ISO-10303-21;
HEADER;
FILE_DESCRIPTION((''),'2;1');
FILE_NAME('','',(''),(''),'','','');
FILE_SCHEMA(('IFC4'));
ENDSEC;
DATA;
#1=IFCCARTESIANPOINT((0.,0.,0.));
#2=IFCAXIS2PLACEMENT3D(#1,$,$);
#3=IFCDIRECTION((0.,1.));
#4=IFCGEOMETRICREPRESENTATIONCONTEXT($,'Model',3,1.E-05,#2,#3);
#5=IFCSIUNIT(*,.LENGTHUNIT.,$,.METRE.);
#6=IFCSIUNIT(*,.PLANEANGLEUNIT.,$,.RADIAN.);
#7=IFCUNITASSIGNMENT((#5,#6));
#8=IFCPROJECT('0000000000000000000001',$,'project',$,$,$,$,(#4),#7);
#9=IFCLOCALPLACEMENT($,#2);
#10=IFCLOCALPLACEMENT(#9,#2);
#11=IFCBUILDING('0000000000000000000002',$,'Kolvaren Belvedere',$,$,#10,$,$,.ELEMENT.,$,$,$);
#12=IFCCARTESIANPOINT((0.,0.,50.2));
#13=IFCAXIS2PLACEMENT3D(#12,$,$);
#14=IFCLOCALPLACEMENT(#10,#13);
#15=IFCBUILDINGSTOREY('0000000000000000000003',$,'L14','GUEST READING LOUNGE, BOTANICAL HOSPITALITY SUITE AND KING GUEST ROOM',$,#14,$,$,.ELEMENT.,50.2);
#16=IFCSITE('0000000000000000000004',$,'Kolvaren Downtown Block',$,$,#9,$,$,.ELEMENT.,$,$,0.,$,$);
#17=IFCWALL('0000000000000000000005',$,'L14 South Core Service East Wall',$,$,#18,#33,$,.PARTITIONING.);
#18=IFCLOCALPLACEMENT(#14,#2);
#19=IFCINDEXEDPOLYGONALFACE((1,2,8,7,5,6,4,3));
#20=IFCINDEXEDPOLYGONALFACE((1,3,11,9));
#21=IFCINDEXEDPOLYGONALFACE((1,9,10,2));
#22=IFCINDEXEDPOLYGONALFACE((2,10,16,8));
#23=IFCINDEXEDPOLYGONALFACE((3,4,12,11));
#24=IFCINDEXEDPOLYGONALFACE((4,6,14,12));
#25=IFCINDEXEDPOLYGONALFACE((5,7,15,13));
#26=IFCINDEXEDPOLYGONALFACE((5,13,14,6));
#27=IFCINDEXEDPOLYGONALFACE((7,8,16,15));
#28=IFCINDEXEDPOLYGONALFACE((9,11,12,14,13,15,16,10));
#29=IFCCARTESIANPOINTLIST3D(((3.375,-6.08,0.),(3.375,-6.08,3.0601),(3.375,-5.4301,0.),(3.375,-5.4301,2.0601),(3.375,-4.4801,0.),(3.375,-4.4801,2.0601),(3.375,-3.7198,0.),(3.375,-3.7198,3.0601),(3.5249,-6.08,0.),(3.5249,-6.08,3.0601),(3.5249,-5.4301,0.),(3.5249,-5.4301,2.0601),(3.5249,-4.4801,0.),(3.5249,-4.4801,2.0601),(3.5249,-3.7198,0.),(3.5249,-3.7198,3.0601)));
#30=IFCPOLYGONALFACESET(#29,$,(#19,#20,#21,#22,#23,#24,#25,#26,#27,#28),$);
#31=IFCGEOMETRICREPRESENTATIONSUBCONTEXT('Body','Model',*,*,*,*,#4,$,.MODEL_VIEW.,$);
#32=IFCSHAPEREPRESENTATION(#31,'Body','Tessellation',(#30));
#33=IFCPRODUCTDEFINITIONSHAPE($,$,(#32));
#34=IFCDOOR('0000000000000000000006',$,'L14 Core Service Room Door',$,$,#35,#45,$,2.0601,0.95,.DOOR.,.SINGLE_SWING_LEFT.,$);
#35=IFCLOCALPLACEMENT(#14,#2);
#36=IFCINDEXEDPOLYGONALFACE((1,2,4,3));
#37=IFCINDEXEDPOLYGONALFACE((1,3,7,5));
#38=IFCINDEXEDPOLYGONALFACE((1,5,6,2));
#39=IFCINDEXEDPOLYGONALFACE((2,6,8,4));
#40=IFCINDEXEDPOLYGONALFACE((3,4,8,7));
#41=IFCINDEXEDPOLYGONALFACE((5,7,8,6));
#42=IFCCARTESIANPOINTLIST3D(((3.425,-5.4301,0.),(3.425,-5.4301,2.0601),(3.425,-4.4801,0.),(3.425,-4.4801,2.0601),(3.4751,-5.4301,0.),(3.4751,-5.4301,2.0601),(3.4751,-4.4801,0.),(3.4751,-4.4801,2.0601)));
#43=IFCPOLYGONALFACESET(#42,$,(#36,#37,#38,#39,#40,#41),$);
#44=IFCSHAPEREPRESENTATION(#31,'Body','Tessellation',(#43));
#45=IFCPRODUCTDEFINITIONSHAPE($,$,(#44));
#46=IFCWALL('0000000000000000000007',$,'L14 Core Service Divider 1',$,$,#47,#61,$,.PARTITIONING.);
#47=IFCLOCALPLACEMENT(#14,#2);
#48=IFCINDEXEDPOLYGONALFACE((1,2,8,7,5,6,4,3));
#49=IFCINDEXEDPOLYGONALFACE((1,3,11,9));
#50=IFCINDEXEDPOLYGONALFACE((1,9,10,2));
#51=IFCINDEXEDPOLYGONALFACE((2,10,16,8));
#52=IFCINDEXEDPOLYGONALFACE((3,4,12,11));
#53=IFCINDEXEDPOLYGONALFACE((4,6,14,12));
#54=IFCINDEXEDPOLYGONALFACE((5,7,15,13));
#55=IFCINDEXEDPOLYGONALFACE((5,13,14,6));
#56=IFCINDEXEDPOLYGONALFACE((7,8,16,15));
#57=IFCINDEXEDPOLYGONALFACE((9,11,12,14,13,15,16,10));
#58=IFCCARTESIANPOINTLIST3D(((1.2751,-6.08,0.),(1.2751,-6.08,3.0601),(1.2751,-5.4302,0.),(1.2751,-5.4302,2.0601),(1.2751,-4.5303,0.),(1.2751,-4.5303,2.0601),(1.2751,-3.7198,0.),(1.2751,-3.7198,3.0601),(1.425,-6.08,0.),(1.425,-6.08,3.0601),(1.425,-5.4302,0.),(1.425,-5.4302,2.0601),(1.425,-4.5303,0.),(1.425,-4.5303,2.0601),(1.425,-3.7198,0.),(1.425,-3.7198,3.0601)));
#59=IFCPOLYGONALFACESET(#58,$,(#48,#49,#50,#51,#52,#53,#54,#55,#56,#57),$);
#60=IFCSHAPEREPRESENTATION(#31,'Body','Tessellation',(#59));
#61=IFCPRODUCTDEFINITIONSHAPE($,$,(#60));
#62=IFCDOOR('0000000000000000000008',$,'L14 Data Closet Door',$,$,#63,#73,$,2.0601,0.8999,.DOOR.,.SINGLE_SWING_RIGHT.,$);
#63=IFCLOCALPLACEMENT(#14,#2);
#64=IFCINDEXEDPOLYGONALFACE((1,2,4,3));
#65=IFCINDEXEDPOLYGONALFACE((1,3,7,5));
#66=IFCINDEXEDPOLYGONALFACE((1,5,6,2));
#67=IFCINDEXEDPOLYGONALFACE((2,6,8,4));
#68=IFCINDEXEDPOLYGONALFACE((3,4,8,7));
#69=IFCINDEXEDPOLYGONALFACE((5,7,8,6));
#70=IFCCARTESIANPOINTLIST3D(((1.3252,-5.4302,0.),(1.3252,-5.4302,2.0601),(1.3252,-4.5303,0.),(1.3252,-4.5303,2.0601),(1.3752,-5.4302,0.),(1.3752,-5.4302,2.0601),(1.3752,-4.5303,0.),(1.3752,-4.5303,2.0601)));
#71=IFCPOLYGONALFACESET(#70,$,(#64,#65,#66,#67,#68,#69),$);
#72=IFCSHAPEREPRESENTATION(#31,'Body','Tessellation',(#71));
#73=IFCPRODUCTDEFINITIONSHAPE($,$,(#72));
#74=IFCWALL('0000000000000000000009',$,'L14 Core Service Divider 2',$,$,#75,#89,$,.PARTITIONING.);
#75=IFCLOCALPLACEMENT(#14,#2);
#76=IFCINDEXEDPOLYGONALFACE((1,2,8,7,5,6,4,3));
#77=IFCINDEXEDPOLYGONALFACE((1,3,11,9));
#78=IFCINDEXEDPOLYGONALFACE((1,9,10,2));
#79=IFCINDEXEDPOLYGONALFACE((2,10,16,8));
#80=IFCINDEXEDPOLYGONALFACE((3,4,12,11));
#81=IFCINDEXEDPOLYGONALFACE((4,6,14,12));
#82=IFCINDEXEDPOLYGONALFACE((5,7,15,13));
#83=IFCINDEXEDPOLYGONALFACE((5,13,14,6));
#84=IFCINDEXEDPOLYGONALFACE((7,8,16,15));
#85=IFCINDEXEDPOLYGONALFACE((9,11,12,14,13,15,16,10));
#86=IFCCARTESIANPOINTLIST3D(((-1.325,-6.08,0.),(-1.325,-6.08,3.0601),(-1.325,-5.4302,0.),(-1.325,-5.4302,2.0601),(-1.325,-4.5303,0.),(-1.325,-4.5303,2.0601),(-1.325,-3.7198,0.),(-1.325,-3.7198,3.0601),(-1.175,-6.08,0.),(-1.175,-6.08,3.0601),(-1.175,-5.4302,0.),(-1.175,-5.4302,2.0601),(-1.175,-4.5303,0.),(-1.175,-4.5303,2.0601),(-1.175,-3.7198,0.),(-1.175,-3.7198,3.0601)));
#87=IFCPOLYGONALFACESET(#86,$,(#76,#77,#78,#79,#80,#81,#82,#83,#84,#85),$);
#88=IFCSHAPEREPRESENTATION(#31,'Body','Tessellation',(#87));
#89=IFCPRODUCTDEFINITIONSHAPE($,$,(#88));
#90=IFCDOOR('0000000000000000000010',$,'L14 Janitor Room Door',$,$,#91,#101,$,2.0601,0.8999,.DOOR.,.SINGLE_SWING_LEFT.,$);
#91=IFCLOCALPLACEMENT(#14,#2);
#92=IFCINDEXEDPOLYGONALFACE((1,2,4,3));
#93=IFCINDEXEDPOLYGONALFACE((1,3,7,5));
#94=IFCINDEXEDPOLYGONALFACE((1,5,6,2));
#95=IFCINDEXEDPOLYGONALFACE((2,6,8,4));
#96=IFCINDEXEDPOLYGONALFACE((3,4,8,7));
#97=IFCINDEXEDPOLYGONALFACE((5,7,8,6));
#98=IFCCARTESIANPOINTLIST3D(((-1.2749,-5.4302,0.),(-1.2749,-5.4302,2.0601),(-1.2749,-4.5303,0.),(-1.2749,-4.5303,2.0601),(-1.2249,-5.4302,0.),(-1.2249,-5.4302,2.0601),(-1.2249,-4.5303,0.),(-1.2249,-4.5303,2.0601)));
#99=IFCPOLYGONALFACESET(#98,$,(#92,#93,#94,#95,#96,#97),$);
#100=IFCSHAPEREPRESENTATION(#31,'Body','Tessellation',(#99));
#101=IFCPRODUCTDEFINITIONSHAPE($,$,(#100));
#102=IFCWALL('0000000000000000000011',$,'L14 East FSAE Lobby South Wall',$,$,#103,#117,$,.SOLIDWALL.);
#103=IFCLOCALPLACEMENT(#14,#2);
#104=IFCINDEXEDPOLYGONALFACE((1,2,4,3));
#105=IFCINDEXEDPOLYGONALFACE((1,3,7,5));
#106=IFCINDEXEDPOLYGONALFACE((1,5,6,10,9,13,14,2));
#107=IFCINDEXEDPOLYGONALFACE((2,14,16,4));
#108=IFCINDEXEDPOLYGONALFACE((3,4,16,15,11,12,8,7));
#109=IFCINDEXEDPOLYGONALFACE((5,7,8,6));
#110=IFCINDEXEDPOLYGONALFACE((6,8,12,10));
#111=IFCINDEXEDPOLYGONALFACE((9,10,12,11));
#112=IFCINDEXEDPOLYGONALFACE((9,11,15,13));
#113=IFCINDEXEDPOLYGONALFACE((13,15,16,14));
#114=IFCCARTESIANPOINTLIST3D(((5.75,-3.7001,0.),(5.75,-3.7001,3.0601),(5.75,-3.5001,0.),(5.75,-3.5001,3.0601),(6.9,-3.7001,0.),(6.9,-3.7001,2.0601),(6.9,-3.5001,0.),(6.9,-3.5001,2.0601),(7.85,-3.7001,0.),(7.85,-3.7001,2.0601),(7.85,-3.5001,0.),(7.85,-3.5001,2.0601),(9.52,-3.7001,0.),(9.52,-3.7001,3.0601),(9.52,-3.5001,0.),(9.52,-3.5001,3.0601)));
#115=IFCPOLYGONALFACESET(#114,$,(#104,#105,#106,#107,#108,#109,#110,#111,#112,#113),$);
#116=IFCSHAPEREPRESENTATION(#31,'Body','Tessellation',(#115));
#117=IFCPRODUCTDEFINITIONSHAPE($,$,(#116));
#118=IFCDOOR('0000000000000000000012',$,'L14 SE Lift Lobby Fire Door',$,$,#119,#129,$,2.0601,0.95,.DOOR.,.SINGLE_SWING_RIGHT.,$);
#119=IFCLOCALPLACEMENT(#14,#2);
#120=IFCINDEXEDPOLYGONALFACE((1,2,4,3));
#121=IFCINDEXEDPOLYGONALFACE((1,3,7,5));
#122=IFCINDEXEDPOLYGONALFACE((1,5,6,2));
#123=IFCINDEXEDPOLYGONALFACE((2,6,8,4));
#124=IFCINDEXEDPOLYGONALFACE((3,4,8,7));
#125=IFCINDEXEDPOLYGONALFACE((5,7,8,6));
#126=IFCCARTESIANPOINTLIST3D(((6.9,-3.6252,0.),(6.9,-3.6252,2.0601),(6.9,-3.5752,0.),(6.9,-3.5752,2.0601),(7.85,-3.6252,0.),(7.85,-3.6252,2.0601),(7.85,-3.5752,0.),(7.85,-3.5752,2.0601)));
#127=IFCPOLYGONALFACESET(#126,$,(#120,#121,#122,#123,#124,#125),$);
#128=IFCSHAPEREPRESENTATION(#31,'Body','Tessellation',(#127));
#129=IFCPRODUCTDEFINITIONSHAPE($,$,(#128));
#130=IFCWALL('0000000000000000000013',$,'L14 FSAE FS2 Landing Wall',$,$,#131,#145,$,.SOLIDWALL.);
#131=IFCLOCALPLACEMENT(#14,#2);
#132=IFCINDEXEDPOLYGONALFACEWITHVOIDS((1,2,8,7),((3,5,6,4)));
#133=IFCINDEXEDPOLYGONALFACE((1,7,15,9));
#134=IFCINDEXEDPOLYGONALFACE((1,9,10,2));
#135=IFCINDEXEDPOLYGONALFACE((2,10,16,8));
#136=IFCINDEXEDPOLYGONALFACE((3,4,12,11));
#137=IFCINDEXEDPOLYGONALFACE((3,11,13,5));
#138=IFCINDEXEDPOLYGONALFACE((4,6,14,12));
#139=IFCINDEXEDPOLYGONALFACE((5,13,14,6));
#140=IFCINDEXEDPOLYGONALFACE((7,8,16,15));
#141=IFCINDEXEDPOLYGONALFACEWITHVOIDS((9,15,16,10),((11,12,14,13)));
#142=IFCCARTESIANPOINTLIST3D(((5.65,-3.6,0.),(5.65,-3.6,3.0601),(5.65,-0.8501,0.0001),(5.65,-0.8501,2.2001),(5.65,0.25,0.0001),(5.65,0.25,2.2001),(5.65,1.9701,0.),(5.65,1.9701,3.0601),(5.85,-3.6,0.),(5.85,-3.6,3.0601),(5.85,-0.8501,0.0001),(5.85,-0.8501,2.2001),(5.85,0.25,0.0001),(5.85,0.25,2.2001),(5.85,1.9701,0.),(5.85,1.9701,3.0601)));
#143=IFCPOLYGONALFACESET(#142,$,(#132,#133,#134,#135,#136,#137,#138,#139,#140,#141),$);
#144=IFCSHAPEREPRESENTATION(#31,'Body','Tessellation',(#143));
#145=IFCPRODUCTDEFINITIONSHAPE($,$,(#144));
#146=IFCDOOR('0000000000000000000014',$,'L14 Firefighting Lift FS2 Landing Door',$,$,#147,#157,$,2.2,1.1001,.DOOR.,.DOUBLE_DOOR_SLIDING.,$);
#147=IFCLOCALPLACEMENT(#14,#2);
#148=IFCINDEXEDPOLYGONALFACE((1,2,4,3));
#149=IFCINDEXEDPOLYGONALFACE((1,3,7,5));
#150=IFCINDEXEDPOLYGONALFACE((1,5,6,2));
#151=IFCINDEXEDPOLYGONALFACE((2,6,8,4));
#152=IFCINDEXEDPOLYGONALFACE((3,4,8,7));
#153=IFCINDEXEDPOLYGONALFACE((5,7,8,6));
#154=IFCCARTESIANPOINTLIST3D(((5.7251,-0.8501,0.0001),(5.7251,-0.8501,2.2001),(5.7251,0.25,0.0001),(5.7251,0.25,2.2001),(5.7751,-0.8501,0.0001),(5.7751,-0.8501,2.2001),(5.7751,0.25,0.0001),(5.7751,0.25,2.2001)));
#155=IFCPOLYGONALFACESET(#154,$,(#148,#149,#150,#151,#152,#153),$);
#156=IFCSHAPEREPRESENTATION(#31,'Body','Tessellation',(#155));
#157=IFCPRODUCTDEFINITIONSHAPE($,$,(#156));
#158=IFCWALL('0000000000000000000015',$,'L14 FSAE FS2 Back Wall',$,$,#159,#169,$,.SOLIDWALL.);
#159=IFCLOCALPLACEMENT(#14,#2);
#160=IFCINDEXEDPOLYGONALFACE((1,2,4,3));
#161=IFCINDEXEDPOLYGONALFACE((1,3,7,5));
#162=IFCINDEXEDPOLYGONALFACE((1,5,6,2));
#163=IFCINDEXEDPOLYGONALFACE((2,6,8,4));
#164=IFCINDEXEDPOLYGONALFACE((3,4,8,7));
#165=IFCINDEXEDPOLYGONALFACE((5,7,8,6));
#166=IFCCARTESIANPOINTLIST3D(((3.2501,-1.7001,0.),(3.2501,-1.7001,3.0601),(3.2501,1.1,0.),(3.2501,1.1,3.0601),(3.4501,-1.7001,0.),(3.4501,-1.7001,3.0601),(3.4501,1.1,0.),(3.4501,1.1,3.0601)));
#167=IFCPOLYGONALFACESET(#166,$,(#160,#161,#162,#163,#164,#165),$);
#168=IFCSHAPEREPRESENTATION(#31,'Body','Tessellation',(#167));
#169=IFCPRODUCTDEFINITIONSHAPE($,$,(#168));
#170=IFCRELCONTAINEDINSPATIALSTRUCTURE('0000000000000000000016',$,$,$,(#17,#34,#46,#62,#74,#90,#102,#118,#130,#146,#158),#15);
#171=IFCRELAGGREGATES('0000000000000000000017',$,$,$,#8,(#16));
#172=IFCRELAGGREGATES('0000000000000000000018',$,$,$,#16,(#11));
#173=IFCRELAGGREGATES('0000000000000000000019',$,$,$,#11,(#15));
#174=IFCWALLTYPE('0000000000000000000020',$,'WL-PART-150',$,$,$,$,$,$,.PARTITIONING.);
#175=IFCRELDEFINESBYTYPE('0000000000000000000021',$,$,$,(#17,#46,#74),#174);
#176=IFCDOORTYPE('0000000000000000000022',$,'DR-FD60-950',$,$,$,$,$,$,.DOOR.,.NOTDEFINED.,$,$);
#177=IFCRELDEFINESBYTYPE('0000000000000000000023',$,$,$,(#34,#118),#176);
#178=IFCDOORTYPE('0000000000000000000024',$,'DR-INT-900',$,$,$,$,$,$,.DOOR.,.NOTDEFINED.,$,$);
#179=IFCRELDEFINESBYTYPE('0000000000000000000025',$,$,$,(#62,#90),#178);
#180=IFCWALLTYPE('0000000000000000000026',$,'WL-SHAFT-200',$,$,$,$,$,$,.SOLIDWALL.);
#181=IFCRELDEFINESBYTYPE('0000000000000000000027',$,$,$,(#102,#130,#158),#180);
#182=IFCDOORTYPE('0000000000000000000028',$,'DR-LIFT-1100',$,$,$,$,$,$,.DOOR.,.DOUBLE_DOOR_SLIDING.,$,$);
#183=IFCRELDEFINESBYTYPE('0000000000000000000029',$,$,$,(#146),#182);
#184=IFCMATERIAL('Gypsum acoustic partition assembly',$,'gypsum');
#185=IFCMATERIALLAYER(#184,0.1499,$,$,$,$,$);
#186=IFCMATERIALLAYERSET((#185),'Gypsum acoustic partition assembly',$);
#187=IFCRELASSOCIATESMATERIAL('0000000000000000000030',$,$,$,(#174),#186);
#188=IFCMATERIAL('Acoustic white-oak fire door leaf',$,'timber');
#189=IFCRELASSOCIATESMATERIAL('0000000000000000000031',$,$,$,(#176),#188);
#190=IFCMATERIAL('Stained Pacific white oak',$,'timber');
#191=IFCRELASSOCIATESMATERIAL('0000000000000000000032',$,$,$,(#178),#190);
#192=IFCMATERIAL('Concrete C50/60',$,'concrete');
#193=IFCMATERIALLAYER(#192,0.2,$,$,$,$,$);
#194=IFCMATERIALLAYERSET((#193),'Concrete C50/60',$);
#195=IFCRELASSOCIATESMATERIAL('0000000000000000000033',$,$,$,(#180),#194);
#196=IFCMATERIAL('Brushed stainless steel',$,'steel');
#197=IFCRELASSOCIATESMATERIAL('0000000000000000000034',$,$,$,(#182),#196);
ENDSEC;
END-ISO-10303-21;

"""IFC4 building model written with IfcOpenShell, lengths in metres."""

from ifc_helpers import new_model, si_unit, direction, frame, frame_2d, origin, place, context, subcontext, project, spatial, rectangle, extrude, material, layer, layer_set, type_object, element, fill, save


model = new_model("IFC4")

# Units and contexts
model_context = context("Model", 3, precision=1e-05, world=origin(), true_north=direction((0.0, 1.0)))
body_context = subcontext(model_context, "Body", "Model", "MODEL_VIEW")
ifc_project = project(units=[si_unit("LENGTHUNIT", "METRE"), si_unit("PLANEANGLEUNIT", "RADIAN")], contexts=[model_context])

# Site, building, storey
site_placement = place(None, origin())
site = spatial("IfcSite", under=ifc_project, at=site_placement, Name="Kolvaren Downtown Block", CompositionType="ELEMENT", RefElevation=0.0)
building_placement = place(site_placement, origin())
building = spatial("IfcBuilding", under=site, at=building_placement, Name="Kolvaren Belvedere", CompositionType="ELEMENT")
storey_placement = place(building_placement, frame((0.0, 0.0, 50.2)))
storey = spatial("IfcBuildingStorey", under=building, at=storey_placement, Name="L14", Description="GUEST READING LOUNGE, BOTANICAL HOSPITALITY SUITE AND KING GUEST ROOM", CompositionType="ELEMENT", Elevation=50.2)

# Walls, openings, doors
ifc_material_1 = material(Name="Gypsum acoustic partition assembly", Category="gypsum")
ifc_layer_1 = layer(ifc_material_1, 0.1499)
ifc_layer_set_1 = layer_set([ifc_layer_1], Name="Gypsum acoustic partition assembly")
wall_type_1 = type_object("IfcWallType", Name="WL-PART-150", PredefinedType="PARTITIONING", material=ifc_layer_set_1)
wall_1_placement = place(storey_placement, frame((3.45, -6.0801, 0.0), z_axis=(0.0, 0.0, 1.0), x_axis=(0.0, 1.0, 0.0)))
wall_1 = element("IfcWall", 1, at=wall_1_placement, inside=storey, type_object=wall_type_1, Name="L14 South Core Service East Wall", PredefinedType="PARTITIONING", context=body_context, shape_type="SweptSolid", body=[
    extrude(rectangle(XDim=2.3601, YDim=0.1499, at=frame_2d((1.1802, 0.0))), origin(), (0.0, 0.0, 1.0), 3.0601),
])
opening_1_placement = place(wall_1_placement, frame((0.6499, 0.0, 0.0)))
opening_1 = element("IfcOpeningElement", 2, at=opening_1_placement, cuts=wall_1, PredefinedType="OPENING", context=body_context, shape_type="SweptSolid", body=[
    extrude(rectangle(XDim=0.95, YDim=2.0601, at=frame_2d((0.4751, 1.03))), frame((0.0, 0.085, 0.0), z_axis=(0.0, -1.0, 0.0), x_axis=(1.0, 0.0, 0.0)), (0.0, 0.0, 1.0), 0.1699),
])
ifc_material_2 = material(Name="Acoustic white-oak fire door leaf", Category="timber")
door_type_1 = type_object("IfcDoorType", Name="DR-FD60-950", OperationType="NOTDEFINED", PredefinedType="DOOR", material=ifc_material_2)
door_1_placement = place(opening_1_placement, origin())
door_1 = element("IfcDoor", 3, at=door_1_placement, inside=storey, type_object=door_type_1, Name="L14 Core Service Room Door", OperationType="SINGLE_SWING_LEFT", OverallHeight=2.0601, OverallWidth=0.95, PredefinedType="DOOR", context=body_context, shape_type="SweptSolid", body=[
    extrude(rectangle(XDim=0.95, YDim=2.0601, at=frame_2d((0.4751, 1.03))), frame((0.0, 0.0249, 0.0), z_axis=(0.0, -1.0, 0.0), x_axis=(1.0, 0.0, 0.0)), (0.0, 0.0, 1.0), 0.05),
])
fill(opening_1, door_1)
wall_2_placement = place(storey_placement, frame((1.3501, -6.0801, 0.0), z_axis=(0.0, 0.0, 1.0), x_axis=(0.0, 1.0, 0.0)))
wall_2 = element("IfcWall", 4, at=wall_2_placement, inside=storey, type_object=wall_type_1, Name="L14 Core Service Divider 1", PredefinedType="PARTITIONING", context=body_context, shape_type="SweptSolid", body=[
    extrude(rectangle(XDim=2.3601, YDim=0.1499, at=frame_2d((1.1802, 0.0))), origin(), (0.0, 0.0, 1.0), 3.0601),
])
opening_2_placement = place(wall_2_placement, frame((0.6499, 0.0, 0.0)))
opening_2 = element("IfcOpeningElement", 5, at=opening_2_placement, cuts=wall_2, PredefinedType="OPENING", context=body_context, shape_type="SweptSolid", body=[
    extrude(rectangle(XDim=0.8999, YDim=2.0601, at=frame_2d((0.45, 1.03))), frame((0.0, 0.085, 0.0), z_axis=(0.0, -1.0, 0.0), x_axis=(1.0, 0.0, 0.0)), (0.0, 0.0, 1.0), 0.1699),
])
ifc_material_3 = material(Name="Stained Pacific white oak", Category="timber")
door_type_2 = type_object("IfcDoorType", Name="DR-INT-900", OperationType="NOTDEFINED", PredefinedType="DOOR", material=ifc_material_3)
door_2_placement = place(opening_2_placement, origin())
door_2 = element("IfcDoor", 6, at=door_2_placement, inside=storey, type_object=door_type_2, Name="L14 Data Closet Door", OperationType="SINGLE_SWING_RIGHT", OverallHeight=2.0601, OverallWidth=0.8999, PredefinedType="DOOR", context=body_context, shape_type="SweptSolid", body=[
    extrude(rectangle(XDim=0.8999, YDim=2.0601, at=frame_2d((0.45, 1.03))), frame((0.0, 0.0249, 0.0), z_axis=(0.0, -1.0, 0.0), x_axis=(1.0, 0.0, 0.0)), (0.0, 0.0, 1.0), 0.05),
])
fill(opening_2, door_2)
wall_3_placement = place(storey_placement, frame((-1.25, -6.0801, 0.0), z_axis=(0.0, 0.0, 1.0), x_axis=(0.0, 1.0, 0.0)))
wall_3 = element("IfcWall", 7, at=wall_3_placement, inside=storey, type_object=wall_type_1, Name="L14 Core Service Divider 2", PredefinedType="PARTITIONING", context=body_context, shape_type="SweptSolid", body=[
    extrude(rectangle(XDim=2.3601, YDim=0.1499, at=frame_2d((1.1802, 0.0))), origin(), (0.0, 0.0, 1.0), 3.0601),
])
opening_3_placement = place(wall_3_placement, frame((0.6499, 0.0, 0.0)))
opening_3 = element("IfcOpeningElement", 8, at=opening_3_placement, cuts=wall_3, PredefinedType="OPENING", context=body_context, shape_type="SweptSolid", body=[
    extrude(rectangle(XDim=0.8999, YDim=2.0601, at=frame_2d((0.45, 1.03))), frame((0.0, 0.085, 0.0), z_axis=(0.0, -1.0, 0.0), x_axis=(1.0, 0.0, 0.0)), (0.0, 0.0, 1.0), 0.1699),
])
door_3_placement = place(opening_3_placement, origin())
door_3 = element("IfcDoor", 9, at=door_3_placement, inside=storey, type_object=door_type_2, Name="L14 Janitor Room Door", OperationType="SINGLE_SWING_LEFT", OverallHeight=2.0601, OverallWidth=0.8999, PredefinedType="DOOR", context=body_context, shape_type="SweptSolid", body=[
    extrude(rectangle(XDim=0.8999, YDim=2.0601, at=frame_2d((0.45, 1.03))), frame((0.0, 0.0249, 0.0), z_axis=(0.0, -1.0, 0.0), x_axis=(1.0, 0.0, 0.0)), (0.0, 0.0, 1.0), 0.05),
])
fill(opening_3, door_3)
ifc_material_4 = material(Name="Concrete C50/60", Category="concrete")
ifc_layer_2 = layer(ifc_material_4, 0.2)
ifc_layer_set_2 = layer_set([ifc_layer_2], Name="Concrete C50/60")
wall_type_2 = type_object("IfcWallType", Name="WL-SHAFT-200", PredefinedType="SOLIDWALL", material=ifc_layer_set_2)
wall_4_placement = place(storey_placement, frame((5.75, -3.6001, 0.0), z_axis=(0.0, 0.0, 1.0), x_axis=(1.0, 0.0, 0.0)))
wall_4 = element("IfcWall", 10, at=wall_4_placement, inside=storey, type_object=wall_type_2, Name="L14 East FSAE Lobby South Wall", PredefinedType="SOLIDWALL", context=body_context, shape_type="SweptSolid", body=[
    extrude(rectangle(XDim=3.77, YDim=0.2, at=frame_2d((1.885, 0.0))), origin(), (0.0, 0.0, 1.0), 3.0601),
])
opening_4_placement = place(wall_4_placement, frame((1.1499, 0.0, 0.0)))
opening_4 = element("IfcOpeningElement", 11, at=opening_4_placement, cuts=wall_4, PredefinedType="OPENING", context=body_context, shape_type="SweptSolid", body=[
    extrude(rectangle(XDim=0.95, YDim=2.0601, at=frame_2d((0.4751, 1.03))), frame((0.0, 0.1099, 0.0), z_axis=(0.0, -1.0, 0.0), x_axis=(1.0, 0.0, 0.0)), (0.0, 0.0, 1.0), 0.22),
])
door_4_placement = place(opening_4_placement, origin())
door_4 = element("IfcDoor", 12, at=door_4_placement, inside=storey, type_object=door_type_1, Name="L14 SE Lift Lobby Fire Door", OperationType="SINGLE_SWING_RIGHT", OverallHeight=2.0601, OverallWidth=0.95, PredefinedType="DOOR", context=body_context, shape_type="SweptSolid", body=[
    extrude(rectangle(XDim=0.95, YDim=2.0601, at=frame_2d((0.4751, 1.03))), frame((0.0, 0.0249, 0.0), z_axis=(0.0, -1.0, 0.0), x_axis=(1.0, 0.0, 0.0)), (0.0, 0.0, 1.0), 0.05),
])
fill(opening_4, door_4)
wall_5_placement = place(storey_placement, frame((5.75, -3.6001, 0.0), z_axis=(0.0, 0.0, 1.0), x_axis=(0.0, 1.0, 0.0)))
wall_5 = element("IfcWall", 13, at=wall_5_placement, inside=storey, type_object=wall_type_2, Name="L14 FSAE FS2 Landing Wall", PredefinedType="SOLIDWALL", context=body_context, shape_type="SweptSolid", body=[
    extrude(rectangle(XDim=5.5701, YDim=0.2, at=frame_2d((2.7852, 0.0))), origin(), (0.0, 0.0, 1.0), 3.0601),
])
opening_5_placement = place(wall_5_placement, frame((2.75, 0.0, 0.0)))
opening_5 = element("IfcOpeningElement", 14, at=opening_5_placement, cuts=wall_5, PredefinedType="OPENING", context=body_context, shape_type="SweptSolid", body=[
    extrude(rectangle(XDim=1.1001, YDim=2.2, at=frame_2d((0.55, 1.1001))), frame((0.0, 0.1099, 0.0), z_axis=(0.0, -1.0, 0.0), x_axis=(1.0, 0.0, 0.0)), (0.0, 0.0, 1.0), 0.22),
])
ifc_material_5 = material(Name="Brushed stainless steel", Category="steel")
door_type_3 = type_object("IfcDoorType", Name="DR-LIFT-1100", OperationType="DOUBLE_DOOR_SLIDING", PredefinedType="DOOR", material=ifc_material_5)
door_5_placement = place(opening_5_placement, origin())
door_5 = element("IfcDoor", 15, at=door_5_placement, inside=storey, type_object=door_type_3, Name="L14 Firefighting Lift FS2 Landing Door", OperationType="DOUBLE_DOOR_SLIDING", OverallHeight=2.2, OverallWidth=1.1001, PredefinedType="DOOR", context=body_context, shape_type="SweptSolid", body=[
    extrude(rectangle(XDim=1.1001, YDim=2.2, at=frame_2d((0.55, 1.1001))), frame((0.0, 0.0249, 0.0), z_axis=(0.0, -1.0, 0.0), x_axis=(1.0, 0.0, 0.0)), (0.0, 0.0, 1.0), 0.05),
])
fill(opening_5, door_5)

# Wall
wall_6_placement = place(storey_placement, frame((3.3501, -1.7, 0.0), z_axis=(0.0, 0.0, 1.0), x_axis=(0.0, 1.0, 0.0)))
element("IfcWall", 16, at=wall_6_placement, inside=storey, type_object=wall_type_2, Name="L14 FSAE FS2 Back Wall", PredefinedType="SOLIDWALL", context=body_context, shape_type="SweptSolid", body=[
    extrude(rectangle(XDim=2.8, YDim=0.2, at=frame_2d((1.3999, 0.0))), origin(), (0.0, 0.0, 1.0), 3.0601),
])

save(model, "model.ifc")
